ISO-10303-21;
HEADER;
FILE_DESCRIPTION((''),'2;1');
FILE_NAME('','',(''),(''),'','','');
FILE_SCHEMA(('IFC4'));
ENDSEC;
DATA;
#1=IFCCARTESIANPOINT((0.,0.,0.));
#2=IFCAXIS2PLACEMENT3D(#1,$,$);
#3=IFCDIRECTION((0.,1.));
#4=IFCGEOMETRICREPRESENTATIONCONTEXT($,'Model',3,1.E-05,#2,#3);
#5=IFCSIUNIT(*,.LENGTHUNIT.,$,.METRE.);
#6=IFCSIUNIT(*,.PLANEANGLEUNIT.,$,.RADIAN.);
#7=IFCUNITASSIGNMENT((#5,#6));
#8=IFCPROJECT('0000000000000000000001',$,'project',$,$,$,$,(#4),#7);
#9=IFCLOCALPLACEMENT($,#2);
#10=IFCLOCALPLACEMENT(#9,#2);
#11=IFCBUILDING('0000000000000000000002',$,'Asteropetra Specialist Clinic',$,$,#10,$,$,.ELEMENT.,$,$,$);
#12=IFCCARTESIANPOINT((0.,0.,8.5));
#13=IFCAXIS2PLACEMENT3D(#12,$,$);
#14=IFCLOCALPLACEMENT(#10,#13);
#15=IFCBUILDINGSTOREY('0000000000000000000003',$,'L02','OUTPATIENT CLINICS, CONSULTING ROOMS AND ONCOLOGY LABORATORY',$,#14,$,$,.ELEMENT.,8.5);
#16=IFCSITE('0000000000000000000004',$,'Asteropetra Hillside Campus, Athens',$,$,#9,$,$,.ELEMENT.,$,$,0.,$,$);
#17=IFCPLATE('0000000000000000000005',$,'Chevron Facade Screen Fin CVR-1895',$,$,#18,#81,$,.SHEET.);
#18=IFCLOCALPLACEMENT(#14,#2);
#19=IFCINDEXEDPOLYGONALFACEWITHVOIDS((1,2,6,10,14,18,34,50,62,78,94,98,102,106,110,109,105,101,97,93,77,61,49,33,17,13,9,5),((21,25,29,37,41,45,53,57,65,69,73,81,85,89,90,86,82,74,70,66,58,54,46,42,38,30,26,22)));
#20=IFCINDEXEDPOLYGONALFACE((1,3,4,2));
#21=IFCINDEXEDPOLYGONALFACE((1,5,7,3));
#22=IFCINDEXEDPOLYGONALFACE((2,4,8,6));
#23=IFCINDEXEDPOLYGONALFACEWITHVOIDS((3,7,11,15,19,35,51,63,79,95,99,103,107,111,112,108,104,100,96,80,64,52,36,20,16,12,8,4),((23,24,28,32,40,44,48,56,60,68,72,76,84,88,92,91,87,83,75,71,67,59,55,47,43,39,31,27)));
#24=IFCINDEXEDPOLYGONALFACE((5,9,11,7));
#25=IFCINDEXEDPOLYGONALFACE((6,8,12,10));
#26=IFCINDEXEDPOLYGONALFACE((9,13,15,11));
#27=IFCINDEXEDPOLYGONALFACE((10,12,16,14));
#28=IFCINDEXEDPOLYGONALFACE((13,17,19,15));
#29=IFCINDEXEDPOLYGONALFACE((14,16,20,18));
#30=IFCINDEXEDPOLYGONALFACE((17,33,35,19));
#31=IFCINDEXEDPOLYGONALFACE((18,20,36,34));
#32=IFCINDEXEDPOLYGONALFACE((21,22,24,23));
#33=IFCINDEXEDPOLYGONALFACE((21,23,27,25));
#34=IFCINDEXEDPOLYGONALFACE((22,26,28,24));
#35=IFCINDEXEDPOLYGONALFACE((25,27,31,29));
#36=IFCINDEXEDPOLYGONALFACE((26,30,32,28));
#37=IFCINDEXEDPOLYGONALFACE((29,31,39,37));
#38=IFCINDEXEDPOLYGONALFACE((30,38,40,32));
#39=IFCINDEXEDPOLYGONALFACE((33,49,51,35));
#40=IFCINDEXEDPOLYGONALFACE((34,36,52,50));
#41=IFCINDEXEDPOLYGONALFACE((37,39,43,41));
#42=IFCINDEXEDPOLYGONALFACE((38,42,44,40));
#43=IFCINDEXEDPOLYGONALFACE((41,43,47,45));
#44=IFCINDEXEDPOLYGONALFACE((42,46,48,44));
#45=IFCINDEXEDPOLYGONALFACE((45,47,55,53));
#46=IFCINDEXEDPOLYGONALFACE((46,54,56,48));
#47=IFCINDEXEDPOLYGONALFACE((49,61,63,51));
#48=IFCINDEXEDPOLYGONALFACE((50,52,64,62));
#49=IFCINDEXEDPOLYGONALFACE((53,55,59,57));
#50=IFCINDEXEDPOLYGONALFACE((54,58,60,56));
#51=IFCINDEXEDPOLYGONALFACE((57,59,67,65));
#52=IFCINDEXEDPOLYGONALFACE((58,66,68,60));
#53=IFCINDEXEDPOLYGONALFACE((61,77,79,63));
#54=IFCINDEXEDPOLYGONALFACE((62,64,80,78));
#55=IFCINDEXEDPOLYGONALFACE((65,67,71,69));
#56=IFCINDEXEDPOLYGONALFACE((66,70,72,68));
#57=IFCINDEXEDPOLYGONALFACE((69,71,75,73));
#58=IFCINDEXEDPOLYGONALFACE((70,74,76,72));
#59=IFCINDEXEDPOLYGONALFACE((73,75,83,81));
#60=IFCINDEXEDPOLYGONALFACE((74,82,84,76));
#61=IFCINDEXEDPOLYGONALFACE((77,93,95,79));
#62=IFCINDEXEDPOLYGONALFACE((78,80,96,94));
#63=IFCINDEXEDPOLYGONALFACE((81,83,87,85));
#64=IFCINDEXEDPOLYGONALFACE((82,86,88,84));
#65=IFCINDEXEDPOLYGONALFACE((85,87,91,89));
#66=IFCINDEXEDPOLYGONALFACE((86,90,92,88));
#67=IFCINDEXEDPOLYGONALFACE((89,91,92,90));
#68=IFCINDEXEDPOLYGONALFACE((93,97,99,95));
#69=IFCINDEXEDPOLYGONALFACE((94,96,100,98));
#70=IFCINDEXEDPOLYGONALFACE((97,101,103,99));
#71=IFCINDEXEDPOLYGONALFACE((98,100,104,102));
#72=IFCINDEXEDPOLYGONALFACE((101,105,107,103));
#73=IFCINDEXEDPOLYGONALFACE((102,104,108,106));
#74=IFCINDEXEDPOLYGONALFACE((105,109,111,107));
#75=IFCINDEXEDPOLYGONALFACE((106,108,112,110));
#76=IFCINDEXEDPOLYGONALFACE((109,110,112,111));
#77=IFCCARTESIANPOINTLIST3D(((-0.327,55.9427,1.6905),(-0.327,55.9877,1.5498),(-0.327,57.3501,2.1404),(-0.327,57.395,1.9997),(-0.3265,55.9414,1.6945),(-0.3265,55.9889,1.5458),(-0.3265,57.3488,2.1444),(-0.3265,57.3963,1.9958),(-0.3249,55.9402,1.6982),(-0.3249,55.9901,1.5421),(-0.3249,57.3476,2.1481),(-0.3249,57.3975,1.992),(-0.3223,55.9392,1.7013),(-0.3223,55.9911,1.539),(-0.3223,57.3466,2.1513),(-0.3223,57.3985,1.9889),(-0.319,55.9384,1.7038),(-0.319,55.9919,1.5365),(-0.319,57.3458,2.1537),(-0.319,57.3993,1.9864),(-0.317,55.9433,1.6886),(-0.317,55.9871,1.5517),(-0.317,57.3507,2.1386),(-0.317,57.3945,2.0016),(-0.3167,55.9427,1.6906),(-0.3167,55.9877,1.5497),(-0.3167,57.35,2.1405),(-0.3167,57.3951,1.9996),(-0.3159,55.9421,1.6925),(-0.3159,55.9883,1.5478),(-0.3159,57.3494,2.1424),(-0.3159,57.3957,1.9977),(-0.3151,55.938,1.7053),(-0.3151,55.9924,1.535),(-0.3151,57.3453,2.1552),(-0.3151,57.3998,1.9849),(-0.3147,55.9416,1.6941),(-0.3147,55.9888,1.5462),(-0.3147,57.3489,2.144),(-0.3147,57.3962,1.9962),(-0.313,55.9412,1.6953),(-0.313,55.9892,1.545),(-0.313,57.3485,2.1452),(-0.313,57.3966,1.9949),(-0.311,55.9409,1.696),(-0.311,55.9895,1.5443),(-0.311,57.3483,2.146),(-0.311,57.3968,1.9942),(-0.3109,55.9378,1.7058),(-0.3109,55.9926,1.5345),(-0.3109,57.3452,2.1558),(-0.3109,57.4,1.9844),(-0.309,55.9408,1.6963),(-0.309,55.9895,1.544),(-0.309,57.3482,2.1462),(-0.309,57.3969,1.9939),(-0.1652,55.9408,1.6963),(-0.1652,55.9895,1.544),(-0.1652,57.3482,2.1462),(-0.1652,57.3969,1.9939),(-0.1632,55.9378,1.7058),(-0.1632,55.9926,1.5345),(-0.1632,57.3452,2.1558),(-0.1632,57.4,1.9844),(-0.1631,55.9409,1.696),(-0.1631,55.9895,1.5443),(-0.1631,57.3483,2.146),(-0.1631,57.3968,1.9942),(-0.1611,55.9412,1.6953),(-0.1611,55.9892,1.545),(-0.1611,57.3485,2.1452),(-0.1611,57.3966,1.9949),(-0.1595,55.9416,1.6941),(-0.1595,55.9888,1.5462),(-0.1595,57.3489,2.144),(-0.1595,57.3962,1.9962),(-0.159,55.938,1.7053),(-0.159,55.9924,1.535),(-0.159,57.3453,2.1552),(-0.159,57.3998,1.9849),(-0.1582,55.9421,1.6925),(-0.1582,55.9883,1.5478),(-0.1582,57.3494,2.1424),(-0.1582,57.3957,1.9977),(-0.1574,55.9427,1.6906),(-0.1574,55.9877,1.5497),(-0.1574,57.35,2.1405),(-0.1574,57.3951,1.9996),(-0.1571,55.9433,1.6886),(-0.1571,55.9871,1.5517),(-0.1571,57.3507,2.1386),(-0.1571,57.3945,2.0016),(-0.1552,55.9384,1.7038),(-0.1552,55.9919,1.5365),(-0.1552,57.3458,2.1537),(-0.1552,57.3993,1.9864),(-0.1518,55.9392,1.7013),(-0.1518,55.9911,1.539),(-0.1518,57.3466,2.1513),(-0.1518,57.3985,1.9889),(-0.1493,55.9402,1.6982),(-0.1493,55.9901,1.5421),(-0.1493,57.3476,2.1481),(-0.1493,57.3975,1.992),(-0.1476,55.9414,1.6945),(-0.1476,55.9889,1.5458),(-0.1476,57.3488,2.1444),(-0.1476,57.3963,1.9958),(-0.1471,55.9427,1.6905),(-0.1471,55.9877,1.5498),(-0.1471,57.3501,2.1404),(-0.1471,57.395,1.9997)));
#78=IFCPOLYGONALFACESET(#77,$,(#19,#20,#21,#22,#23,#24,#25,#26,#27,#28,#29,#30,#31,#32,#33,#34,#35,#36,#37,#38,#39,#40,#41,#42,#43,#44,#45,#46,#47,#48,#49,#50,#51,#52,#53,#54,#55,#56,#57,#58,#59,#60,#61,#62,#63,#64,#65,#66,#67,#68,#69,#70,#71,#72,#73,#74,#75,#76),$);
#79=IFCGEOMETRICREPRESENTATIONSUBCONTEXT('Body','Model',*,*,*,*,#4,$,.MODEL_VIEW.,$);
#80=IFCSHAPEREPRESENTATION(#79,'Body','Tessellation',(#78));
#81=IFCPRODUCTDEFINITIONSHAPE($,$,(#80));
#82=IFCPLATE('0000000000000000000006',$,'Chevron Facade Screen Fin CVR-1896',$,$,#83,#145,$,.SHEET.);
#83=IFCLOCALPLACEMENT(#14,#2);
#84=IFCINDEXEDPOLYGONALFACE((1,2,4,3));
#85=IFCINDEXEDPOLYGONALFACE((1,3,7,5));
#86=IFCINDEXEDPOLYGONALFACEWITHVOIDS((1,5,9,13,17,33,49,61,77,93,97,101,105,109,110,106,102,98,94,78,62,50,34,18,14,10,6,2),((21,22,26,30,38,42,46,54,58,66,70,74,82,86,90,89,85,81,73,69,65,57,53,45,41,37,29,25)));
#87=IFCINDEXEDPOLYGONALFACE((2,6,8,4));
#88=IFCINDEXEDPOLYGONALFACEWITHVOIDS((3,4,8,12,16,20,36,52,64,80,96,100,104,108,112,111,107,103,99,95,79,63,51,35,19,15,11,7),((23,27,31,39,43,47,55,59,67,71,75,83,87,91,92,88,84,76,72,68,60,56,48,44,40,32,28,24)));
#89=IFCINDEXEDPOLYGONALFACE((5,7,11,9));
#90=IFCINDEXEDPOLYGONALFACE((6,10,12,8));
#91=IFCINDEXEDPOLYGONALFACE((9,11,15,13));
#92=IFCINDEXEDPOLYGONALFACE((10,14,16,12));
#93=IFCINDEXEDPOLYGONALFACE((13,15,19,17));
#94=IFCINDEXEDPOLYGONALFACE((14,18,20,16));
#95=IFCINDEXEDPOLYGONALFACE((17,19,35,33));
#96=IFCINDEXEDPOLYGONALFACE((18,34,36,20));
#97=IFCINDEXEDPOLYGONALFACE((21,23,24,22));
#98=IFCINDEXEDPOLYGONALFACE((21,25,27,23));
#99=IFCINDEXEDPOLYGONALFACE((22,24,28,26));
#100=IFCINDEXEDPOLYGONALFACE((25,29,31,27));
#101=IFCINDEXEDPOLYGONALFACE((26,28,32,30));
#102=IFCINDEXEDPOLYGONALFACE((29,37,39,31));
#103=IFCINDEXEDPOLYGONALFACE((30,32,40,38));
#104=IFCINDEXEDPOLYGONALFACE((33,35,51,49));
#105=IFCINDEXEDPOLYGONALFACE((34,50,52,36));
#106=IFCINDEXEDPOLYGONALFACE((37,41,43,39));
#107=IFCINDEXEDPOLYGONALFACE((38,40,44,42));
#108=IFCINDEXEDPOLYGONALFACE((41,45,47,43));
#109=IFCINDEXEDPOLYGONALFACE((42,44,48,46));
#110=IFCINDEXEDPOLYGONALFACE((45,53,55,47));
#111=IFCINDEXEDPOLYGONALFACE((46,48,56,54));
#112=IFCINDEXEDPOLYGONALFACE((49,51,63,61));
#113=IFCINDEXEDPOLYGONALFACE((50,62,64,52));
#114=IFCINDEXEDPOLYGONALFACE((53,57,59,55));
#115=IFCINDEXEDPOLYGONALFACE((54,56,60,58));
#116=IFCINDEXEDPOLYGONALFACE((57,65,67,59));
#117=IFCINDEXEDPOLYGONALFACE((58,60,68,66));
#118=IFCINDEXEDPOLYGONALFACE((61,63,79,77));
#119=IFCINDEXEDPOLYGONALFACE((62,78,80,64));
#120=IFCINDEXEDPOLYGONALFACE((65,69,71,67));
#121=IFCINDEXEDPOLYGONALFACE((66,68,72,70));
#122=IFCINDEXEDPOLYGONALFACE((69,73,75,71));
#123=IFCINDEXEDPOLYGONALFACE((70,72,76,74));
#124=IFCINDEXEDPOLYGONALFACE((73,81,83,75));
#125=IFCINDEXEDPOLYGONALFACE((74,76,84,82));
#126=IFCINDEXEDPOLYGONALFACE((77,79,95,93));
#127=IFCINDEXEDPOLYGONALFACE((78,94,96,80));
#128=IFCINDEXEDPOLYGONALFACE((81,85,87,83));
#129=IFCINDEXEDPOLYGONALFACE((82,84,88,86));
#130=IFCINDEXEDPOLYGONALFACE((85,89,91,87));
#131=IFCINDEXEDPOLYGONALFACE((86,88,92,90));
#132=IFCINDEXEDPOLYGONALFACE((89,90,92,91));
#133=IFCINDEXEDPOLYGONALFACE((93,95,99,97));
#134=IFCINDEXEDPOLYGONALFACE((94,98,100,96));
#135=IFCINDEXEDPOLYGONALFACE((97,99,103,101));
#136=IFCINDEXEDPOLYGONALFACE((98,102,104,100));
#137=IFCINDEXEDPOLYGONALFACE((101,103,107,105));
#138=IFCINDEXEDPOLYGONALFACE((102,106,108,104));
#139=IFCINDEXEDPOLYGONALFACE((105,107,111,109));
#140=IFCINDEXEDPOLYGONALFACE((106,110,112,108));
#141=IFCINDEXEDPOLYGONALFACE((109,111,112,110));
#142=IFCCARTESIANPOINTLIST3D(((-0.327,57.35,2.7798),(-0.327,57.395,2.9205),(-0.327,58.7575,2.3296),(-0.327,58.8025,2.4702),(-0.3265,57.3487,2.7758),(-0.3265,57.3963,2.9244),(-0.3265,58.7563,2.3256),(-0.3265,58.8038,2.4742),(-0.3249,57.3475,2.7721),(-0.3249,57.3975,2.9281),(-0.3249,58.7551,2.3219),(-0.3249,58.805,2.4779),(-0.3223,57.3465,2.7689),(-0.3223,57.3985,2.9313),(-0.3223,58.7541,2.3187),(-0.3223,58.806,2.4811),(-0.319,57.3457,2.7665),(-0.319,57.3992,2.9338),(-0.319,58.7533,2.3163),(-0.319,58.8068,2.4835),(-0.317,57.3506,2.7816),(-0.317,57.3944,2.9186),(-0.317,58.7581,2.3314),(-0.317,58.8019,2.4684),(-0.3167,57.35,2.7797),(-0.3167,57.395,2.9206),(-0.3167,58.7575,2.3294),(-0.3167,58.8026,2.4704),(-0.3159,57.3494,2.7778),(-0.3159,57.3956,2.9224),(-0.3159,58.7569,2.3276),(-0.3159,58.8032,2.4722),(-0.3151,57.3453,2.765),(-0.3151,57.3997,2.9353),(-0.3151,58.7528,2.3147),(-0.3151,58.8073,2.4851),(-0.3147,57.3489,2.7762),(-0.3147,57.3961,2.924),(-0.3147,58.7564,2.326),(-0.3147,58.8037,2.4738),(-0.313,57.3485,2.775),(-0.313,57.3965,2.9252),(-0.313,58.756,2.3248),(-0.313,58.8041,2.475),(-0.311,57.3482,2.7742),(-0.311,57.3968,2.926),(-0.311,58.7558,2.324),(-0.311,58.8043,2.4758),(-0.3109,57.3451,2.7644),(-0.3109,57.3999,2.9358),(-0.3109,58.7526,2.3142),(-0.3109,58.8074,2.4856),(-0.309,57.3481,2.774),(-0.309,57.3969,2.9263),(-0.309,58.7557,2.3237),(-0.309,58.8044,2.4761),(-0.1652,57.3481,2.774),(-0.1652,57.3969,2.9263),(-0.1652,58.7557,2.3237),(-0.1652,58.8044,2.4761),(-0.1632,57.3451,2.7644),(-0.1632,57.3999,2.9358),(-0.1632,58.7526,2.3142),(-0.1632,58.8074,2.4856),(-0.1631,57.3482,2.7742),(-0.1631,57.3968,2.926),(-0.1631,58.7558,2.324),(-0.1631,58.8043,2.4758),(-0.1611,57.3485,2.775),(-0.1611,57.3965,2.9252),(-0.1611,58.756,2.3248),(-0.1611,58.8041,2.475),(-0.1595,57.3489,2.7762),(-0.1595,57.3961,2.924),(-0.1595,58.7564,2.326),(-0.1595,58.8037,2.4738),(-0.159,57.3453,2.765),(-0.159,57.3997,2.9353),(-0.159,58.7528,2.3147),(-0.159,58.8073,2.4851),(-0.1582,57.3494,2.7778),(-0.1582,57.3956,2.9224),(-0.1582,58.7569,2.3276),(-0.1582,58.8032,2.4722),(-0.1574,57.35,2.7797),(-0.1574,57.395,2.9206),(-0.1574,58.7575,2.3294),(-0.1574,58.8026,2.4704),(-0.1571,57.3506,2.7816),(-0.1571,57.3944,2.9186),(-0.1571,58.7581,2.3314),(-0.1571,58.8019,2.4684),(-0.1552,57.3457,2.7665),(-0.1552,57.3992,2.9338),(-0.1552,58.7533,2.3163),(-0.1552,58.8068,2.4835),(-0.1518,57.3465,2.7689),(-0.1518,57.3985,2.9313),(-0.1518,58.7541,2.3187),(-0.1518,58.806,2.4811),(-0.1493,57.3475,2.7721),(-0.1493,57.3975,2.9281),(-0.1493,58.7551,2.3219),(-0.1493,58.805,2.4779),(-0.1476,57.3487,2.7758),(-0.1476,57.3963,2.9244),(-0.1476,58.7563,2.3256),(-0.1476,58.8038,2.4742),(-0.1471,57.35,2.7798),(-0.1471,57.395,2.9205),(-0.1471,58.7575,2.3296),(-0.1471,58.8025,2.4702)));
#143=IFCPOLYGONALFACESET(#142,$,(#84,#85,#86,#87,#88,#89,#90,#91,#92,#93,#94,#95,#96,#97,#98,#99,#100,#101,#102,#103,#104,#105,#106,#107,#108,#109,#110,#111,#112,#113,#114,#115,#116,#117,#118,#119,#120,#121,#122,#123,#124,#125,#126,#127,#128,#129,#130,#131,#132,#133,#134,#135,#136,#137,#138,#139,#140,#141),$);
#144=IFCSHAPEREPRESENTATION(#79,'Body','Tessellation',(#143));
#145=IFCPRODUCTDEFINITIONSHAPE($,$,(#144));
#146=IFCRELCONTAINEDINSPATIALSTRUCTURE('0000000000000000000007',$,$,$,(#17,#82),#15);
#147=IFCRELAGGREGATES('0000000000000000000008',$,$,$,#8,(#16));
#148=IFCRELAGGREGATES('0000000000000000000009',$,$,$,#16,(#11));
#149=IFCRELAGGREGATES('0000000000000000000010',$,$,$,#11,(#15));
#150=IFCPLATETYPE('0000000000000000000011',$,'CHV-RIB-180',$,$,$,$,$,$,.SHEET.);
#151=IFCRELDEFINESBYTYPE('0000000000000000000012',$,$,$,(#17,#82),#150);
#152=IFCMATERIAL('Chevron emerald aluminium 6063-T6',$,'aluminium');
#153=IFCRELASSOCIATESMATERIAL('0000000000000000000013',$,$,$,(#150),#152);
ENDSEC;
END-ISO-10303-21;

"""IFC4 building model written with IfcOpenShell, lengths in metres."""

from ifc_helpers import new_model, si_unit, direction, frame, origin, origin_2d, place, context, subcontext, project, spatial, hollow_rectangle, extrude, material, material_profile, profile_set, type_object, element, save


model = new_model("IFC4")

# Units and contexts
model_context = context("Model", 3, precision=1e-05, world=origin(), true_north=direction((0.0, 1.0)))
body_context = subcontext(model_context, "Body", "Model", "MODEL_VIEW")
ifc_project = project(units=[si_unit("LENGTHUNIT", "METRE"), si_unit("PLANEANGLEUNIT", "RADIAN")], contexts=[model_context])

# Site, building, storey
site_placement = place(None, origin())
site = spatial("IfcSite", under=ifc_project, at=site_placement, Name="Asteropetra Hillside Campus, Athens", CompositionType="ELEMENT", RefElevation=0.0)
building_placement = place(site_placement, origin())
building = spatial("IfcBuilding", under=site, at=building_placement, Name="Asteropetra Specialist Clinic", CompositionType="ELEMENT")
storey_placement = place(building_placement, frame((0.0, 0.0, 8.5)))
storey = spatial("IfcBuildingStorey", under=building, at=storey_placement, Name="L02", Description="OUTPATIENT CLINICS, CONSULTING ROOMS AND ONCOLOGY LABORATORY", CompositionType="ELEMENT", Elevation=8.5)

# Plates
ifc_material = material(Name="Chevron emerald aluminium 6063-T6", Category="aluminium")
ifc_material_profile = material_profile(ifc_material, hollow_rectangle(XDim=0.1799, YDim=0.1799, WallThickness=0.01, InnerFilletRadius=0.0081, OuterFilletRadius=0.0161, at=origin_2d()), Name="SHS 180x180x10.0")
ifc_profile_set = profile_set([ifc_material_profile], Name="Chevron emerald aluminium 6063-T6")
plate_type = type_object("IfcPlateType", Name="CHV-RIB-180", PredefinedType="SHEET", material=ifc_profile_set)
for number, where, z_axis, x_axis, name in (
    (1, (-0.2371, 57.3726, 2.0701), (0.0, -0.95251, -0.304506), (1.0, 0.0, 0.0), "Chevron Facade Screen Fin CVR-1895"),
):
    element("IfcPlate", number, at=place(storey_placement, frame(where, z_axis=z_axis, x_axis=x_axis)), inside=storey, type_object=plate_type, Name=name, PredefinedType="SHEET", context=body_context, shape_type="SweptSolid", body=[
        extrude(hollow_rectangle(XDim=0.1799, YDim=0.1799, WallThickness=0.01, InnerFilletRadius=0.0081, OuterFilletRadius=0.0161, at=origin_2d()), origin(), (0.0, 0.0, 1.0), 1.4775),
    ])
for number, where, z_axis, x_axis, name in (
    (2, (-0.2371, 58.78, 2.3999), (0.0, -0.952463, 0.304656), (1.0, 0.0, 0.0), "Chevron Facade Screen Fin CVR-1896"),
):
    element("IfcPlate", number, at=place(storey_placement, frame(where, z_axis=z_axis, x_axis=x_axis)), inside=storey, type_object=plate_type, Name=name, PredefinedType="SHEET", context=body_context, shape_type="SweptSolid", body=[
        extrude(hollow_rectangle(XDim=0.1799, YDim=0.1799, WallThickness=0.01, InnerFilletRadius=0.0081, OuterFilletRadius=0.0161, at=origin_2d()), origin(), (0.0, 0.0, 1.0), 1.4778),
    ])

save(model, "model.ifc")
